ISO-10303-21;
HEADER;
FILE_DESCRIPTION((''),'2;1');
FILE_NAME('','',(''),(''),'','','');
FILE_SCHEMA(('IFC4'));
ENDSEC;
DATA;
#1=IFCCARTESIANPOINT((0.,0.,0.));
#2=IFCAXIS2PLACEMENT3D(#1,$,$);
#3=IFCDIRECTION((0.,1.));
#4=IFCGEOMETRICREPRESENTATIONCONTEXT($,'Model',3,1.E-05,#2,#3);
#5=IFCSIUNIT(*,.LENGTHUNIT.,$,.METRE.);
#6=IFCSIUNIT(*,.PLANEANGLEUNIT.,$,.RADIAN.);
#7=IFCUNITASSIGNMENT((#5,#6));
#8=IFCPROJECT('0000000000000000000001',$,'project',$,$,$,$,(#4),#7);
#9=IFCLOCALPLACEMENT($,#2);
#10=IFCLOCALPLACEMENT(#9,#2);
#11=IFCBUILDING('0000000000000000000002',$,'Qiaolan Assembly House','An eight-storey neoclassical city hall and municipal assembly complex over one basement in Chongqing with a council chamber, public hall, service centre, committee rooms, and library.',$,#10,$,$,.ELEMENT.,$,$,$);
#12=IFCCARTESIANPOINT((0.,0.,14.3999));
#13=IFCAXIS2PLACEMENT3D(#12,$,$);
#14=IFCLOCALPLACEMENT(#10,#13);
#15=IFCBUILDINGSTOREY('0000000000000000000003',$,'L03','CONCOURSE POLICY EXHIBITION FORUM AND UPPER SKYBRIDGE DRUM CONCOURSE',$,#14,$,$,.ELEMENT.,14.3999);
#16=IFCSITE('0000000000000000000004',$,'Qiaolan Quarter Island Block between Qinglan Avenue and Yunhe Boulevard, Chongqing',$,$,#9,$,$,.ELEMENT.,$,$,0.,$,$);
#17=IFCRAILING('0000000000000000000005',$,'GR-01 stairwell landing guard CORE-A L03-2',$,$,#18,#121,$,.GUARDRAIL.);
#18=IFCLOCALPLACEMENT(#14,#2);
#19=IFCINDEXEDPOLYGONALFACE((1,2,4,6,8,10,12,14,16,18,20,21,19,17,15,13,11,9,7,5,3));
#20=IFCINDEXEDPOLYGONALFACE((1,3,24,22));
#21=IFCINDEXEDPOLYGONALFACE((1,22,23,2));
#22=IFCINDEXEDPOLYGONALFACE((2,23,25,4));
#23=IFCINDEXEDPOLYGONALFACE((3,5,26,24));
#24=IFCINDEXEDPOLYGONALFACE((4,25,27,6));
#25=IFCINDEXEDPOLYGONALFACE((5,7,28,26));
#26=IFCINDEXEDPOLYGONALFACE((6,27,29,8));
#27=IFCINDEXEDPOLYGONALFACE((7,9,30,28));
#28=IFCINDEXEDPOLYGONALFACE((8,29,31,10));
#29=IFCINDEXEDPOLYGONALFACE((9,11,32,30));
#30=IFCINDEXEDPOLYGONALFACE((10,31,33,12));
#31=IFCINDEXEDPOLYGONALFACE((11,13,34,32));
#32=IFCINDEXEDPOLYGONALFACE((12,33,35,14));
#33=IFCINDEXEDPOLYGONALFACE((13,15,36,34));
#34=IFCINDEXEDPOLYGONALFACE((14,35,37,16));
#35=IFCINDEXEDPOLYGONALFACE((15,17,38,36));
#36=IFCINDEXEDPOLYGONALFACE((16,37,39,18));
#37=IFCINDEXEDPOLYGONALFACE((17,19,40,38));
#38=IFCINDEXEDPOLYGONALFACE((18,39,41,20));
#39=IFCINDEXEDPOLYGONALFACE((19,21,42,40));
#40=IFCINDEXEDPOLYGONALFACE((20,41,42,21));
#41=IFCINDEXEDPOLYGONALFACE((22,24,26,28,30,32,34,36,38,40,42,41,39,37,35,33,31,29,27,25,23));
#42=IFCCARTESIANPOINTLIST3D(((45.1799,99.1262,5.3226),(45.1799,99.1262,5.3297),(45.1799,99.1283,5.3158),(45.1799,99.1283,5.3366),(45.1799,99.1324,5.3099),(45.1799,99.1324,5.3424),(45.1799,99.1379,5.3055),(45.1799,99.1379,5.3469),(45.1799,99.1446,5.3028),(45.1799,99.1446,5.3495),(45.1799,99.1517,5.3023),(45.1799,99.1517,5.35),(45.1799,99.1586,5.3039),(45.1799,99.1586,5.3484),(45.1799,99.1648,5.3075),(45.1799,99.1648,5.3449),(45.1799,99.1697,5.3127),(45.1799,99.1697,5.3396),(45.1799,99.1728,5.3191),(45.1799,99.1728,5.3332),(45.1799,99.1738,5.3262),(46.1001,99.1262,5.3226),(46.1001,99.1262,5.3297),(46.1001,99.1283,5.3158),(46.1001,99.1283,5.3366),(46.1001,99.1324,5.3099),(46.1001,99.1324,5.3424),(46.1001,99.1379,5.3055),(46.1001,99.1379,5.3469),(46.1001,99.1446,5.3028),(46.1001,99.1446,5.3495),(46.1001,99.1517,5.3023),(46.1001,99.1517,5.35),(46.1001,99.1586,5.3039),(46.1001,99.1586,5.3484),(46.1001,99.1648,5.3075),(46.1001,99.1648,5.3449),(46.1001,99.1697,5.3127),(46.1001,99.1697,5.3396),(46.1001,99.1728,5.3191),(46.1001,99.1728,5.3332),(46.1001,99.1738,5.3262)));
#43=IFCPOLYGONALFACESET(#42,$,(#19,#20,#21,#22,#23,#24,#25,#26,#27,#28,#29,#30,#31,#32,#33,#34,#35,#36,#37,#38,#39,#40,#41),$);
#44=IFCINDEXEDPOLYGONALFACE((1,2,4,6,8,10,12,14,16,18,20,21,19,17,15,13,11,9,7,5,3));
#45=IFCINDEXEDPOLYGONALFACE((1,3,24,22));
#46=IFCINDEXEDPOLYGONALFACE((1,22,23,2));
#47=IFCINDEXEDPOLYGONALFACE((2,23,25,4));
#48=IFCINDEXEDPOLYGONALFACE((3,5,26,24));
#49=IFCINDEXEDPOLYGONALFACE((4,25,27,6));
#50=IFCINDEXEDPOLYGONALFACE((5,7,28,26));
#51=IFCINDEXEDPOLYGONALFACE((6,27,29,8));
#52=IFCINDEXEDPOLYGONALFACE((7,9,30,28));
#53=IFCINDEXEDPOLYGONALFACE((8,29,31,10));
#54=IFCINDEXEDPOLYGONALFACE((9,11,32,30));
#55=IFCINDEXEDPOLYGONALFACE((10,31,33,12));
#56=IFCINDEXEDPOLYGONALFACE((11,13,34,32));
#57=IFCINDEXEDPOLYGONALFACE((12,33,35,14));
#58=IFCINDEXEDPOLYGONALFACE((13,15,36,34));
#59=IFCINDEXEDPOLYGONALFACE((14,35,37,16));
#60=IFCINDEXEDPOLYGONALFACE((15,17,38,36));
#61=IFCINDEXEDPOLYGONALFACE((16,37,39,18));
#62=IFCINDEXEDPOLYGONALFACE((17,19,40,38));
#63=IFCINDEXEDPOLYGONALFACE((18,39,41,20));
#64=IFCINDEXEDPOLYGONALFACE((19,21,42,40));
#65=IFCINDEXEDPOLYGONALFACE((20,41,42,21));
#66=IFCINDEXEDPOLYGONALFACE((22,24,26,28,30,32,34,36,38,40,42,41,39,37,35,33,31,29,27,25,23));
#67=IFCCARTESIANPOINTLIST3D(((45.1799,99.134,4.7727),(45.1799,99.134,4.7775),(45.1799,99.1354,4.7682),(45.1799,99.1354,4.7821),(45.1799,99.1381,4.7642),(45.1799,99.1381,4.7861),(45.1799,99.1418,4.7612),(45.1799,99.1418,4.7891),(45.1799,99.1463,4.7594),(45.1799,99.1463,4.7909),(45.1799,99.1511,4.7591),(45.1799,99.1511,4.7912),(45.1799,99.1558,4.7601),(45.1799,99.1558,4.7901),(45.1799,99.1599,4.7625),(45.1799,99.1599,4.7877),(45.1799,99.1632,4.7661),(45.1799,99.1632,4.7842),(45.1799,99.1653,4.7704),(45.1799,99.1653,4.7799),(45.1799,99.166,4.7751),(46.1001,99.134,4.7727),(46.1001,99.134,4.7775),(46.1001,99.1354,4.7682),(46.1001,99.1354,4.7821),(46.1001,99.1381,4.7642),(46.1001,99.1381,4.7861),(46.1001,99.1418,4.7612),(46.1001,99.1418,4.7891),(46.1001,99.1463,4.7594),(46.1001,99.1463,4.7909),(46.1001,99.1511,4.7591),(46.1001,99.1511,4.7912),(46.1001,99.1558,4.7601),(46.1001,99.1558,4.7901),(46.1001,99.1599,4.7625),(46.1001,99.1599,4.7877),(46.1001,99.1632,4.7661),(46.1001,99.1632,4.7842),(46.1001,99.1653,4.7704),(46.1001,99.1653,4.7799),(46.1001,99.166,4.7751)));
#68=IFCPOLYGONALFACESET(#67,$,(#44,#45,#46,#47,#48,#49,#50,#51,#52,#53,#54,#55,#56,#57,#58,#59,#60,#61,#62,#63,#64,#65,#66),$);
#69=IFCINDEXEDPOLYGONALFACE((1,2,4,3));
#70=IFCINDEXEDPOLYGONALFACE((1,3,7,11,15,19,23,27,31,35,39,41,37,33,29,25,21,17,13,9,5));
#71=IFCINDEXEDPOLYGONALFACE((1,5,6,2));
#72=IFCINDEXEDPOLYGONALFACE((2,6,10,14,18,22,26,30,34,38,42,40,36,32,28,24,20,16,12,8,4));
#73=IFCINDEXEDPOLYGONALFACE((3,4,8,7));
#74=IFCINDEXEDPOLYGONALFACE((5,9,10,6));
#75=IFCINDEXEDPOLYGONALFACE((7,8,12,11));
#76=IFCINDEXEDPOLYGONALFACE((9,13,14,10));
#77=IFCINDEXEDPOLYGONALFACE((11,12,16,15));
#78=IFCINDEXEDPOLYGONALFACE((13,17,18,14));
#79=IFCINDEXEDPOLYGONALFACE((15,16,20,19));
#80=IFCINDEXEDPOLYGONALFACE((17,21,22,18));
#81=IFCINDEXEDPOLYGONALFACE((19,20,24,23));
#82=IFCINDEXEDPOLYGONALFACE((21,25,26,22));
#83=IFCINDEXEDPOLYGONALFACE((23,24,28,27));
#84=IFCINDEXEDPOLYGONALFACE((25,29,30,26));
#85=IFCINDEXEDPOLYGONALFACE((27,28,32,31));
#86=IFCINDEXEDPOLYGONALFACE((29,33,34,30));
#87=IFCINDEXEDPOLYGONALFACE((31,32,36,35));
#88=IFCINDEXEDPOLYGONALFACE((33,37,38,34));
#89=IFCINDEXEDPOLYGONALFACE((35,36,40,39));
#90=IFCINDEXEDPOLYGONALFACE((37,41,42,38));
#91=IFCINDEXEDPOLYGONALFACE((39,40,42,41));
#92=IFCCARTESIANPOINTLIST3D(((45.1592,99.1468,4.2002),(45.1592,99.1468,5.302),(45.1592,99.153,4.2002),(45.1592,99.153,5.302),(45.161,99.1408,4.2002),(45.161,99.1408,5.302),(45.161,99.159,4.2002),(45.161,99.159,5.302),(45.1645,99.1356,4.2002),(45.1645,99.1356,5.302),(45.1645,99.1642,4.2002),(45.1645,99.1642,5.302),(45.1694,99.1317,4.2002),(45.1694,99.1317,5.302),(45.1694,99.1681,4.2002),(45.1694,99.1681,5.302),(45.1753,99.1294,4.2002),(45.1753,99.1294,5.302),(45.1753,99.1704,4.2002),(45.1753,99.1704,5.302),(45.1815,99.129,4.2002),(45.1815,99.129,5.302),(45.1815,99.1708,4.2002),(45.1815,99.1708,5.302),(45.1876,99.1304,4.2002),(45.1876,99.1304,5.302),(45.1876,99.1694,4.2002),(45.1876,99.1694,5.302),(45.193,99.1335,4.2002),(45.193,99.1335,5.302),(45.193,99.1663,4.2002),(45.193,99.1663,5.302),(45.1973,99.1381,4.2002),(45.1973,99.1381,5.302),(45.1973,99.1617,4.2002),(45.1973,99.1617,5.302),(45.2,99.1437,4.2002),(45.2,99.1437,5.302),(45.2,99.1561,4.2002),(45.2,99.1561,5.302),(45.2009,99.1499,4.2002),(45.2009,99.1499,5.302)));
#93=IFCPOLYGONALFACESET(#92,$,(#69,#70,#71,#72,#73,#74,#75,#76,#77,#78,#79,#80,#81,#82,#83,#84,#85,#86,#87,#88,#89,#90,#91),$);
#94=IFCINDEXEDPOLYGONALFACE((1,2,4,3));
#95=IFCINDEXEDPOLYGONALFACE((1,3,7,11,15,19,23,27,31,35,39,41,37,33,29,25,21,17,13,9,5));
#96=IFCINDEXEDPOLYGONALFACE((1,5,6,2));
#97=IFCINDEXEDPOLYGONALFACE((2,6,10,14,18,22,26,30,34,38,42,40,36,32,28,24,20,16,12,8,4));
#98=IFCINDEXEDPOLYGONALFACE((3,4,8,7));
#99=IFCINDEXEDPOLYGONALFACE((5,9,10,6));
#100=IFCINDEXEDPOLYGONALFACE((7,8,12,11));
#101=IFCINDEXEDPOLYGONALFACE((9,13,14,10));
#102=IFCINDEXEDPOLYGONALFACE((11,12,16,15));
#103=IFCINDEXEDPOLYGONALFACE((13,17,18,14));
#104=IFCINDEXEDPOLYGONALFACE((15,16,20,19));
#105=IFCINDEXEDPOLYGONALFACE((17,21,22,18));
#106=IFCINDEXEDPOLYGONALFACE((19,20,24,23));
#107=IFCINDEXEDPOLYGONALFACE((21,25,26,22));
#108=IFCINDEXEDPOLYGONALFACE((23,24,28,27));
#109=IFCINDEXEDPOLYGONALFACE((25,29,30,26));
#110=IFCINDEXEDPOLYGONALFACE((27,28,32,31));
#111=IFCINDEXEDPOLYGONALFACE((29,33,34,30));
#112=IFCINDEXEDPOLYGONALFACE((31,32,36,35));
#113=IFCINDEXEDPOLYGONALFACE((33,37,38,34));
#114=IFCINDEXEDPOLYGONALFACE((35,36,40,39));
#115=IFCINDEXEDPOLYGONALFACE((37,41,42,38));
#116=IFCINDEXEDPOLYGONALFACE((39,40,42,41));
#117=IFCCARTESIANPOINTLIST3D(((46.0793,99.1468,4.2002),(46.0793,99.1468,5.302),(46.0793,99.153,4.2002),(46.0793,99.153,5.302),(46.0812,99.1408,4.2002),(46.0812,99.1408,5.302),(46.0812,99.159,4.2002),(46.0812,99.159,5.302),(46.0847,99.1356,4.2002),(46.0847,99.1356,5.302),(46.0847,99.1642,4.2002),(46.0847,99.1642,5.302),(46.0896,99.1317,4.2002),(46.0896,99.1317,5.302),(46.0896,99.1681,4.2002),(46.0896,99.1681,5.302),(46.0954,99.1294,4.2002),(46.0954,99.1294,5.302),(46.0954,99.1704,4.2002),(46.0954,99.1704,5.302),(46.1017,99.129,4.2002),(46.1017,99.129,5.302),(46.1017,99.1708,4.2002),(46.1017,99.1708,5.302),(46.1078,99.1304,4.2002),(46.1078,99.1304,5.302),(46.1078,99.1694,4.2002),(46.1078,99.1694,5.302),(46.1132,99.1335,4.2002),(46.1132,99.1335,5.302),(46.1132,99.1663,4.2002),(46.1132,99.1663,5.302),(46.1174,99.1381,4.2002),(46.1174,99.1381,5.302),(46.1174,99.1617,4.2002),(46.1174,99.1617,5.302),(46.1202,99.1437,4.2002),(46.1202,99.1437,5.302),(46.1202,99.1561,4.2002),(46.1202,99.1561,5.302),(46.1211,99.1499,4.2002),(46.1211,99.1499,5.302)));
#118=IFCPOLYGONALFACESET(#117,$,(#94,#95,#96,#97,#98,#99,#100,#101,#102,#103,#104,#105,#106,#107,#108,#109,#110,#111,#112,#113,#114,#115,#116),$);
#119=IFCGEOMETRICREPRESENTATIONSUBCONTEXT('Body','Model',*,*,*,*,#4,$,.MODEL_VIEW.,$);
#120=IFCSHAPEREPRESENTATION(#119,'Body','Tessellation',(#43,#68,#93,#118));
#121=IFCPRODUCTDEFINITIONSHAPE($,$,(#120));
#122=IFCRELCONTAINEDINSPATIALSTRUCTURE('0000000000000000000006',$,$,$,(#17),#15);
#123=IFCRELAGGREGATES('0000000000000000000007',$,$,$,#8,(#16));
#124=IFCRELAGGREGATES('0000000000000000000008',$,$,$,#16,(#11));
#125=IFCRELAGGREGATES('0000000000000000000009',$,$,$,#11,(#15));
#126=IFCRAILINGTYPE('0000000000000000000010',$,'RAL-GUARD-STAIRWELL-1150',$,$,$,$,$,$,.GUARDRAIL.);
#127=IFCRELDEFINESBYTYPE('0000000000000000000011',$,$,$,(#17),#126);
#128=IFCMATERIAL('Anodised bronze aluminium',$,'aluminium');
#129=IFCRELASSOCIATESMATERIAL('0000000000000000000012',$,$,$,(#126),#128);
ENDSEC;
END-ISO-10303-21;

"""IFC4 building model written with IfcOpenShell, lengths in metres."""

from ifc_helpers import new_model, si_unit, direction, frame, origin, origin_2d, place, context, subcontext, project, spatial, circle, extrude, material, type_object, element, save


model = new_model("IFC4")

# Units and contexts
model_context = context("Model", 3, precision=1e-05, world=origin(), true_north=direction((0.0, 1.0)))
body_context = subcontext(model_context, "Body", "Model", "MODEL_VIEW")
ifc_project = project(units=[si_unit("LENGTHUNIT", "METRE"), si_unit("PLANEANGLEUNIT", "RADIAN")], contexts=[model_context])

# Site, building, storey
site_placement = place(None, origin())
site = spatial("IfcSite", under=ifc_project, at=site_placement, Name="Qiaolan Quarter Island Block between Qinglan Avenue and Yunhe Boulevard, Chongqing", CompositionType="ELEMENT", RefElevation=0.0)
building_placement = place(site_placement, origin())
building = spatial("IfcBuilding", under=site, at=building_placement, Name="Qiaolan Assembly House", Description="An eight-storey neoclassical city hall and municipal assembly complex over one basement in Chongqing with a council chamber, public hall, service centre, committee rooms, and library.", CompositionType="ELEMENT")
storey_placement = place(building_placement, frame((0.0, 0.0, 14.3999)))
storey = spatial("IfcBuildingStorey", under=building, at=storey_placement, Name="L03", Description="CONCOURSE POLICY EXHIBITION FORUM AND UPPER SKYBRIDGE DRUM CONCOURSE", CompositionType="ELEMENT", Elevation=14.3999)

# Railing
ifc_material_1 = material(Name="Anodised bronze aluminium", Category="aluminium")
railing_type_1 = type_object("IfcRailingType", Name="RAL-GUARD-STAIRWELL-1150", PredefinedType="GUARDRAIL", material=ifc_material_1)
for number, where, name in (
    (1, (45.1799, 99.1499, 4.2002), "GR-01 stairwell landing guard CORE-A L03-2"),
):
    element("IfcRailing", number, at=place(storey_placement, frame(where)), inside=storey, type_object=railing_type_1, Name=name, PredefinedType="GUARDRAIL", context=body_context, shape_type="SweptSolid", body=[
        extrude(circle(Radius=0.0239, at=origin_2d()), frame((0.0, 0.0, 1.126), z_axis=(1.0, 0.0, 0.0), x_axis=(0.0, 1.0, 0.0)), (0.0, 0.0, 1.0), 0.9202),
        extrude(circle(Radius=0.0161, at=origin_2d()), frame((0.0, 0.0, 0.575), z_axis=(1.0, 0.0, 0.0), x_axis=(0.0, 1.0, 0.0)), (0.0, 0.0, 1.0), 0.9202),
        extrude(circle(Radius=0.021, at=origin_2d()), origin(), (0.0, 0.0, 1.0), 1.1018),
        extrude(circle(Radius=0.021, at=origin_2d()), frame((0.9202, 0.0, 0.0)), (0.0, 0.0, 1.0), 1.1018),
    ])

save(model, "model.ifc")
